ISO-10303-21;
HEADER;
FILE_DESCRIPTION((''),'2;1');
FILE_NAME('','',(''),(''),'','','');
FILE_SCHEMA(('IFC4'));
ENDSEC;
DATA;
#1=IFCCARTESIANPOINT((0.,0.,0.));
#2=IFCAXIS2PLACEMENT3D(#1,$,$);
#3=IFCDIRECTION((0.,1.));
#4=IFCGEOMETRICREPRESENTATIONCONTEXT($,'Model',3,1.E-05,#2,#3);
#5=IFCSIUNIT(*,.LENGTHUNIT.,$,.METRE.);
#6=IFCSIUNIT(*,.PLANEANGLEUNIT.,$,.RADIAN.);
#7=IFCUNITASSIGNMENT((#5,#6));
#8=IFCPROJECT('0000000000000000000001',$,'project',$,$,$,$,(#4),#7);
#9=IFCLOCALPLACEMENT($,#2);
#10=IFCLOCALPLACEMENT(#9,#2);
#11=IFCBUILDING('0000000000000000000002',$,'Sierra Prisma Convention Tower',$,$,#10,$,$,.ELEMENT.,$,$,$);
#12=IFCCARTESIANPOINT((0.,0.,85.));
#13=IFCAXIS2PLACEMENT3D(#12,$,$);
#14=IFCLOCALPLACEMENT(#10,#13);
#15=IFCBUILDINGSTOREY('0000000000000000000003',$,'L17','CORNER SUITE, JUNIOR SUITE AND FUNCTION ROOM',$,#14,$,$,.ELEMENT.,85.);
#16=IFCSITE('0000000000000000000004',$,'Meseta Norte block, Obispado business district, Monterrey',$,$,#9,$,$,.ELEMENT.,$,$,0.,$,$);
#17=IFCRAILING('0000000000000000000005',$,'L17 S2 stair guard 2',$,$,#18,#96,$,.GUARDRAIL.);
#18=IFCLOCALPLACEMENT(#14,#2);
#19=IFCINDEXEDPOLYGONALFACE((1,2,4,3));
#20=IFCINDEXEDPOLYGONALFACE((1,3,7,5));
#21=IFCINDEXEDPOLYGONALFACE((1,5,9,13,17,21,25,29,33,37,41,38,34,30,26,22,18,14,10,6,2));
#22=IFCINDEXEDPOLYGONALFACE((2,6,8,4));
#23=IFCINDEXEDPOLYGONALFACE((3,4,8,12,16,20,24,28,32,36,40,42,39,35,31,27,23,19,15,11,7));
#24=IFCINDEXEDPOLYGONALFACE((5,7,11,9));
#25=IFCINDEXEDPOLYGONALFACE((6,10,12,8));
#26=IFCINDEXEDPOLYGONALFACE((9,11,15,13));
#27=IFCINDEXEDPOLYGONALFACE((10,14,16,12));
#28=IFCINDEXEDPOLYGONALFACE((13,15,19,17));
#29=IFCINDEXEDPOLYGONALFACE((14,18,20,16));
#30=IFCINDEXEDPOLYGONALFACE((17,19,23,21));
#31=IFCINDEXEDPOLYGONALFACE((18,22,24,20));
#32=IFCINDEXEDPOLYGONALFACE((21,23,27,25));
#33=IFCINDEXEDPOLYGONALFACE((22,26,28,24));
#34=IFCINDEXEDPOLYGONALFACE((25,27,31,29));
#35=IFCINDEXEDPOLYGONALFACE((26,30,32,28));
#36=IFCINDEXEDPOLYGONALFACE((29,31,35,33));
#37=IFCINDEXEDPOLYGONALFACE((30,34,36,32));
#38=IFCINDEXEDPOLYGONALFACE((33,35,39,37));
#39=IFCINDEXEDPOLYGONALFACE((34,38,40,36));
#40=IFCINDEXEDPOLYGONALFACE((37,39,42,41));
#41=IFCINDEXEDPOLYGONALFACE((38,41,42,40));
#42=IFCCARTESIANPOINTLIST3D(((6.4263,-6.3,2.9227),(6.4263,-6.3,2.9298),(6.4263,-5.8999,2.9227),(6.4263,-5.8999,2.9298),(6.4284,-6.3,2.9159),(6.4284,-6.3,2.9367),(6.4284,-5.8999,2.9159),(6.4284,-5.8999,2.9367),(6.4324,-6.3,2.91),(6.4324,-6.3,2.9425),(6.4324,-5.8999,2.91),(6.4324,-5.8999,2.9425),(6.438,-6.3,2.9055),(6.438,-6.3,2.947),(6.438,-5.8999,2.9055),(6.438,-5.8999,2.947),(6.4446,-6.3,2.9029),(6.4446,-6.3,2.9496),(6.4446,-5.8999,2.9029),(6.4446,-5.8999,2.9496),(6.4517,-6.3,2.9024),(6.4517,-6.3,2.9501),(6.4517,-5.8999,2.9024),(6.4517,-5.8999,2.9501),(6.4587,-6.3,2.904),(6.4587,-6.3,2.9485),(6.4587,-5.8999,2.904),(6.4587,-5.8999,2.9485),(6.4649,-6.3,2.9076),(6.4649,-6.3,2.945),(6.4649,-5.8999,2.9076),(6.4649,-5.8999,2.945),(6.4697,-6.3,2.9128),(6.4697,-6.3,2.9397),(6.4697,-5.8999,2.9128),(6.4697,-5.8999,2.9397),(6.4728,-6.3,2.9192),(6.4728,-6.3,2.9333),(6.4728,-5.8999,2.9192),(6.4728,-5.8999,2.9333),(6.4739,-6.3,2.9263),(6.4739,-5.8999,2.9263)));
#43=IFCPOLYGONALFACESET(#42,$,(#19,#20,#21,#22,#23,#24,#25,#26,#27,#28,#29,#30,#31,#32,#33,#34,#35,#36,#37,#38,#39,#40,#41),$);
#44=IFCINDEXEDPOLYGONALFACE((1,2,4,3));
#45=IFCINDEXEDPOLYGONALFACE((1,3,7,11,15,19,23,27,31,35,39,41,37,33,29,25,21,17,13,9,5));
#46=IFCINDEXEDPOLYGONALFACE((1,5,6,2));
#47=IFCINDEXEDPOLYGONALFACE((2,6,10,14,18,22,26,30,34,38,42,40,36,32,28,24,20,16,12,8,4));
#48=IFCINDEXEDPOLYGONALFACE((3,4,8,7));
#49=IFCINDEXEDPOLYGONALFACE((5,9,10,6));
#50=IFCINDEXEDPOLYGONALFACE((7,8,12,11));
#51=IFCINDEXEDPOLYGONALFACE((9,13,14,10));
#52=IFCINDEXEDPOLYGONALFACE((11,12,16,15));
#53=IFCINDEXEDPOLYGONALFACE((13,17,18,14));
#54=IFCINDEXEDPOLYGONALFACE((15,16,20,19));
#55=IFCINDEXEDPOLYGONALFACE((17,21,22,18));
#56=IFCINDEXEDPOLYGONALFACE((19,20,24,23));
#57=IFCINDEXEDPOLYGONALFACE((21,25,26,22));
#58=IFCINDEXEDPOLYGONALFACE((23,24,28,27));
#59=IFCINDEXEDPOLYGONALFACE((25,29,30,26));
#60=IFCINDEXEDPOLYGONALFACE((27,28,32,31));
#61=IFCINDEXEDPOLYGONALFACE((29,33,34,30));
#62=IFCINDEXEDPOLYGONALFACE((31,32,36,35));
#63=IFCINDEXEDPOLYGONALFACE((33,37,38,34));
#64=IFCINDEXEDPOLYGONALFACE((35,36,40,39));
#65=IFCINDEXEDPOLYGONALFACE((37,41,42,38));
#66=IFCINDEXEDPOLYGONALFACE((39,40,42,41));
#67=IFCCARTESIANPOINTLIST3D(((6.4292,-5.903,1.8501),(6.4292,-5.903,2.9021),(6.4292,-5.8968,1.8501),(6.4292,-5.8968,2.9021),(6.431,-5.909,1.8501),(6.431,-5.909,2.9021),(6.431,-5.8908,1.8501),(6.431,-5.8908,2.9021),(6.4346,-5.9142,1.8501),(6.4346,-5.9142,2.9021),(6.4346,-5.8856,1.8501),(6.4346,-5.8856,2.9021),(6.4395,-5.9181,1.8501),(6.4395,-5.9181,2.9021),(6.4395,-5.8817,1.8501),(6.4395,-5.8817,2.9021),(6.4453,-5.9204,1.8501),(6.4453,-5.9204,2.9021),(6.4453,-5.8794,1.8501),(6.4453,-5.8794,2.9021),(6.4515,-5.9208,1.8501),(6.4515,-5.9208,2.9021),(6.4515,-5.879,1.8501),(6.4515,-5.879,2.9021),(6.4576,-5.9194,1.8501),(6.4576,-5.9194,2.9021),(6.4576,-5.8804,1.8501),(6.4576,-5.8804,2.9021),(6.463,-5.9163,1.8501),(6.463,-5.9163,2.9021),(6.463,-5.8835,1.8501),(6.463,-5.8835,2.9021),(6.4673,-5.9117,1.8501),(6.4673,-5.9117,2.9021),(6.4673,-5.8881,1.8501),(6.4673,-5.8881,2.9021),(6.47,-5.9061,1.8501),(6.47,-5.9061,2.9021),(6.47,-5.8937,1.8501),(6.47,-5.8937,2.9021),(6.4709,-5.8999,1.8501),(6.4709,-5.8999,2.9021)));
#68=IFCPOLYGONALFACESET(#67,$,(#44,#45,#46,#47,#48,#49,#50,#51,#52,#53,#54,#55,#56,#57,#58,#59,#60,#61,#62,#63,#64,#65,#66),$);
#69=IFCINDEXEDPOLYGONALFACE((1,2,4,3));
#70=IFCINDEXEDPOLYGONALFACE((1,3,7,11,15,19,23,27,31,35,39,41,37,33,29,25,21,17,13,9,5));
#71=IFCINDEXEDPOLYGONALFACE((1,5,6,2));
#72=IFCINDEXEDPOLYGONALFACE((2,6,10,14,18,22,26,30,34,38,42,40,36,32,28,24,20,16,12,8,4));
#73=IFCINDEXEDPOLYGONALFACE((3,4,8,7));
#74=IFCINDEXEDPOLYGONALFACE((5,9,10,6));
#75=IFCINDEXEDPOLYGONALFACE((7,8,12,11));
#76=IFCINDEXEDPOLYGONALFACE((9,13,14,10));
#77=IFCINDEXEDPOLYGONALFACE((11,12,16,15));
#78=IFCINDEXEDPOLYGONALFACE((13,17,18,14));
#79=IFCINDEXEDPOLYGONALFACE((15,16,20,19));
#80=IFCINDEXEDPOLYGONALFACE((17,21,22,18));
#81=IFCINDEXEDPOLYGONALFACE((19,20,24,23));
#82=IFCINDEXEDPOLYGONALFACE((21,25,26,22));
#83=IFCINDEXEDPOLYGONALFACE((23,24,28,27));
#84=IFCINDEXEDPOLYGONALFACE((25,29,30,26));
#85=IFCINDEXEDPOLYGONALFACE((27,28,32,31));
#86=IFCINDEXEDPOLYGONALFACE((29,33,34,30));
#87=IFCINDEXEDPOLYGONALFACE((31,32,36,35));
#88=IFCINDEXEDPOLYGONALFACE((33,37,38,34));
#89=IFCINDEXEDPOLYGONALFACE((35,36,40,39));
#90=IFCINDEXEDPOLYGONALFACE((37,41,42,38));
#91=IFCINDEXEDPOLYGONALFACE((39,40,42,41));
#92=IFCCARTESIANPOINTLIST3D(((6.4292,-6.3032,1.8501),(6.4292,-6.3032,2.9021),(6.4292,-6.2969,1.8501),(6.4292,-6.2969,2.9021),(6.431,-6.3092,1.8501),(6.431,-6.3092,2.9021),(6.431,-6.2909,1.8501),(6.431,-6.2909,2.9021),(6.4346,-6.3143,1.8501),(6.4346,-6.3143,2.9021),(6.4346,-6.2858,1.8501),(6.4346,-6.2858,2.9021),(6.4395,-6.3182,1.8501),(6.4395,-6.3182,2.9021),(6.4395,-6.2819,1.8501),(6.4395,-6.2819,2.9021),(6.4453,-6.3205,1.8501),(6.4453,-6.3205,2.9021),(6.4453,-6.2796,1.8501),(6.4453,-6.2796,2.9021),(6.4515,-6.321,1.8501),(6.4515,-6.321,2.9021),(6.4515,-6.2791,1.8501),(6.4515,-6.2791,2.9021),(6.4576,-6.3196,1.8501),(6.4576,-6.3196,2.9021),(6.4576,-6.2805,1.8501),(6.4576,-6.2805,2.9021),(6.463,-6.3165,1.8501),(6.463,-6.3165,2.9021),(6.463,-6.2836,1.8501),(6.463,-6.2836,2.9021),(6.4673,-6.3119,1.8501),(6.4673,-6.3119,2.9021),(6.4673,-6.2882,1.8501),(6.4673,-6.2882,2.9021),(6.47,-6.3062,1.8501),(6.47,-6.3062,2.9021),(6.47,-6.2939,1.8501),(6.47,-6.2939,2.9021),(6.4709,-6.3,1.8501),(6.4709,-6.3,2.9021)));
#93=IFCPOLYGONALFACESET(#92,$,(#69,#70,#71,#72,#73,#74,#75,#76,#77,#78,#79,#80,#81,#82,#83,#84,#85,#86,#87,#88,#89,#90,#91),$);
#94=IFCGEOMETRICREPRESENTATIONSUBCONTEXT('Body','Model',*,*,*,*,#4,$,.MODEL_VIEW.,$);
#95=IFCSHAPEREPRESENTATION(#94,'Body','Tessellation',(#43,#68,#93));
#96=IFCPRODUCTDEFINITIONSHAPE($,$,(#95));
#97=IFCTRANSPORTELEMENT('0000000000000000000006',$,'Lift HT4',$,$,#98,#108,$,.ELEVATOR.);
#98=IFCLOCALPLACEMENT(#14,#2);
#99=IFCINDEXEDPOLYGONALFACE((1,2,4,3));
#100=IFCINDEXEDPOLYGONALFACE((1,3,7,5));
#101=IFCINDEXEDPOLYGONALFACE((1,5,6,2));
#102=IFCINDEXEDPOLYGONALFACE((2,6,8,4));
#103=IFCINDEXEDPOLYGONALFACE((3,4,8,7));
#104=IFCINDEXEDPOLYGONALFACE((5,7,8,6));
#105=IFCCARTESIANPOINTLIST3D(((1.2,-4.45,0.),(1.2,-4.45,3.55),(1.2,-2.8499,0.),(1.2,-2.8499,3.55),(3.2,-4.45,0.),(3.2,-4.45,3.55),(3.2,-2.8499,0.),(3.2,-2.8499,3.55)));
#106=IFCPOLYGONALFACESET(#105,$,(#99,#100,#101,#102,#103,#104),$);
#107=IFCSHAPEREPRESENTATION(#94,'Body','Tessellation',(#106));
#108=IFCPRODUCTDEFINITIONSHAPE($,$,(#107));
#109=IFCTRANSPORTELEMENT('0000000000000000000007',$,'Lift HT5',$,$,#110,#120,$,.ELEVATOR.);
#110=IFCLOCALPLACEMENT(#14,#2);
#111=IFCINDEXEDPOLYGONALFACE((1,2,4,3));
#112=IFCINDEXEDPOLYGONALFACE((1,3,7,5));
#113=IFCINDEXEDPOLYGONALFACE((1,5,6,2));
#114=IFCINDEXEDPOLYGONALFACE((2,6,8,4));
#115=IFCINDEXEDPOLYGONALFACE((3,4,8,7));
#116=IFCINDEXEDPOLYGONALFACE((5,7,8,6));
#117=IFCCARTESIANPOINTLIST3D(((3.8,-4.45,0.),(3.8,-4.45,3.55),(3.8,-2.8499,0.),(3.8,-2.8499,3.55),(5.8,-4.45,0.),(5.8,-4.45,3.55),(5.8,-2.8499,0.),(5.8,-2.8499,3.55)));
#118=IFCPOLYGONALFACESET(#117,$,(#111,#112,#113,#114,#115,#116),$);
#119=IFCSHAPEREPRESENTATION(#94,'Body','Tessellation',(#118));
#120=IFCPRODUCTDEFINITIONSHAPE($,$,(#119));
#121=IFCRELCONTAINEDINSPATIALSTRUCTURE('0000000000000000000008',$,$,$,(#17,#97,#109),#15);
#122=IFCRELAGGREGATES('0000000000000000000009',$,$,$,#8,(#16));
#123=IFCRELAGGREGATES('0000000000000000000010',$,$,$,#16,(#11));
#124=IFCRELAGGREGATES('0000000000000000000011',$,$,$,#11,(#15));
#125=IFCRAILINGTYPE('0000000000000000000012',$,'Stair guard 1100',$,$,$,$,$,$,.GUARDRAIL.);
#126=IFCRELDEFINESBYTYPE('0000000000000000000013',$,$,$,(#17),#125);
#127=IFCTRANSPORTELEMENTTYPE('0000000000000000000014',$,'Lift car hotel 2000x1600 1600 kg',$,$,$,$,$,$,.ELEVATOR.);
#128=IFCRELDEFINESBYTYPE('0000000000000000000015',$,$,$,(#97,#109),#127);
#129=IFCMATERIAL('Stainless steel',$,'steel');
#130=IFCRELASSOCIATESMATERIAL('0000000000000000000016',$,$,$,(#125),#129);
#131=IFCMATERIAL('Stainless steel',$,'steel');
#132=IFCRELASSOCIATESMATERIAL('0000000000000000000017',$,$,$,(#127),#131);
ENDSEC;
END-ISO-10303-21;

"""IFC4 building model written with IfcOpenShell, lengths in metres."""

from ifc_helpers import new_model, si_unit, direction, frame, origin, origin_2d, place, context, subcontext, project, spatial, rectangle, circle, extrude, material, type_object, element, save


model = new_model("IFC4")

# Units and contexts
model_context = context("Model", 3, precision=1e-05, world=origin(), true_north=direction((0.0, 1.0)))
body_context = subcontext(model_context, "Body", "Model", "MODEL_VIEW")
ifc_project = project(units=[si_unit("LENGTHUNIT", "METRE"), si_unit("PLANEANGLEUNIT", "RADIAN")], contexts=[model_context])

# Site, building, storey
site_placement = place(None, origin())
site = spatial("IfcSite", under=ifc_project, at=site_placement, Name="Meseta Norte block, Obispado business district, Monterrey", CompositionType="ELEMENT", RefElevation=0.0)
building_placement = place(site_placement, origin())
building = spatial("IfcBuilding", under=site, at=building_placement, Name="Sierra Prisma Convention Tower", CompositionType="ELEMENT")
storey_placement = place(building_placement, frame((0.0, 0.0, 85.0)))
storey = spatial("IfcBuildingStorey", under=building, at=storey_placement, Name="L17", Description="CORNER SUITE, JUNIOR SUITE AND FUNCTION ROOM", CompositionType="ELEMENT", Elevation=85.0)

# Railing
ifc_material_1 = material(Name="Stainless steel", Category="steel")
railing_type = type_object("IfcRailingType", Name="Stair guard 1100", PredefinedType="GUARDRAIL", material=ifc_material_1)
railing_placement = place(storey_placement, frame((6.45, -5.8999, 1.8501)))
element("IfcRailing", 1, at=railing_placement, inside=storey, type_object=railing_type, Name="L17 S2 stair guard 2", PredefinedType="GUARDRAIL", context=body_context, shape_type="SweptSolid", body=[
    extrude(circle(Radius=0.0239, at=origin_2d()), frame((0.0, 0.0, 1.0762), z_axis=(0.0, -1.0, 0.0), x_axis=(1.0, 0.0, 0.0)), (0.0, 0.0, 1.0), 0.4001),
    extrude(circle(Radius=0.021, at=origin_2d()), origin(), (0.0, 0.0, 1.0), 1.052),
    extrude(circle(Radius=0.021, at=origin_2d()), frame((0.0, -0.4001, 0.0)), (0.0, 0.0, 1.0), 1.052),
])

# Transport elements
ifc_material_2 = material(Name="Stainless steel", Category="steel")
transport_element_type = type_object("IfcTransportElementType", Name="Lift car hotel 2000x1600 1600 kg", PredefinedType="ELEVATOR", material=ifc_material_2)
for number, where, z_axis, x_axis, name in (
    (2, (2.2, -3.6499, 0.0), (0.0, 0.0, 1.0), (1.0, 0.0, 0.0), "Lift HT4"),
    (3, (4.8, -3.6499, 0.0), (0.0, 0.0, 1.0), (1.0, 0.0, 0.0), "Lift HT5"),
):
    element("IfcTransportElement", number, at=place(storey_placement, frame(where, z_axis=z_axis, x_axis=x_axis)), inside=storey, type_object=transport_element_type, Name=name, PredefinedType="ELEVATOR", context=body_context, shape_type="SweptSolid", body=[
        extrude(rectangle(XDim=2.0, YDim=1.6001, at=origin_2d()), origin(), (0.0, 0.0, 1.0), 3.55),
    ])

save(model, "model.ifc")
